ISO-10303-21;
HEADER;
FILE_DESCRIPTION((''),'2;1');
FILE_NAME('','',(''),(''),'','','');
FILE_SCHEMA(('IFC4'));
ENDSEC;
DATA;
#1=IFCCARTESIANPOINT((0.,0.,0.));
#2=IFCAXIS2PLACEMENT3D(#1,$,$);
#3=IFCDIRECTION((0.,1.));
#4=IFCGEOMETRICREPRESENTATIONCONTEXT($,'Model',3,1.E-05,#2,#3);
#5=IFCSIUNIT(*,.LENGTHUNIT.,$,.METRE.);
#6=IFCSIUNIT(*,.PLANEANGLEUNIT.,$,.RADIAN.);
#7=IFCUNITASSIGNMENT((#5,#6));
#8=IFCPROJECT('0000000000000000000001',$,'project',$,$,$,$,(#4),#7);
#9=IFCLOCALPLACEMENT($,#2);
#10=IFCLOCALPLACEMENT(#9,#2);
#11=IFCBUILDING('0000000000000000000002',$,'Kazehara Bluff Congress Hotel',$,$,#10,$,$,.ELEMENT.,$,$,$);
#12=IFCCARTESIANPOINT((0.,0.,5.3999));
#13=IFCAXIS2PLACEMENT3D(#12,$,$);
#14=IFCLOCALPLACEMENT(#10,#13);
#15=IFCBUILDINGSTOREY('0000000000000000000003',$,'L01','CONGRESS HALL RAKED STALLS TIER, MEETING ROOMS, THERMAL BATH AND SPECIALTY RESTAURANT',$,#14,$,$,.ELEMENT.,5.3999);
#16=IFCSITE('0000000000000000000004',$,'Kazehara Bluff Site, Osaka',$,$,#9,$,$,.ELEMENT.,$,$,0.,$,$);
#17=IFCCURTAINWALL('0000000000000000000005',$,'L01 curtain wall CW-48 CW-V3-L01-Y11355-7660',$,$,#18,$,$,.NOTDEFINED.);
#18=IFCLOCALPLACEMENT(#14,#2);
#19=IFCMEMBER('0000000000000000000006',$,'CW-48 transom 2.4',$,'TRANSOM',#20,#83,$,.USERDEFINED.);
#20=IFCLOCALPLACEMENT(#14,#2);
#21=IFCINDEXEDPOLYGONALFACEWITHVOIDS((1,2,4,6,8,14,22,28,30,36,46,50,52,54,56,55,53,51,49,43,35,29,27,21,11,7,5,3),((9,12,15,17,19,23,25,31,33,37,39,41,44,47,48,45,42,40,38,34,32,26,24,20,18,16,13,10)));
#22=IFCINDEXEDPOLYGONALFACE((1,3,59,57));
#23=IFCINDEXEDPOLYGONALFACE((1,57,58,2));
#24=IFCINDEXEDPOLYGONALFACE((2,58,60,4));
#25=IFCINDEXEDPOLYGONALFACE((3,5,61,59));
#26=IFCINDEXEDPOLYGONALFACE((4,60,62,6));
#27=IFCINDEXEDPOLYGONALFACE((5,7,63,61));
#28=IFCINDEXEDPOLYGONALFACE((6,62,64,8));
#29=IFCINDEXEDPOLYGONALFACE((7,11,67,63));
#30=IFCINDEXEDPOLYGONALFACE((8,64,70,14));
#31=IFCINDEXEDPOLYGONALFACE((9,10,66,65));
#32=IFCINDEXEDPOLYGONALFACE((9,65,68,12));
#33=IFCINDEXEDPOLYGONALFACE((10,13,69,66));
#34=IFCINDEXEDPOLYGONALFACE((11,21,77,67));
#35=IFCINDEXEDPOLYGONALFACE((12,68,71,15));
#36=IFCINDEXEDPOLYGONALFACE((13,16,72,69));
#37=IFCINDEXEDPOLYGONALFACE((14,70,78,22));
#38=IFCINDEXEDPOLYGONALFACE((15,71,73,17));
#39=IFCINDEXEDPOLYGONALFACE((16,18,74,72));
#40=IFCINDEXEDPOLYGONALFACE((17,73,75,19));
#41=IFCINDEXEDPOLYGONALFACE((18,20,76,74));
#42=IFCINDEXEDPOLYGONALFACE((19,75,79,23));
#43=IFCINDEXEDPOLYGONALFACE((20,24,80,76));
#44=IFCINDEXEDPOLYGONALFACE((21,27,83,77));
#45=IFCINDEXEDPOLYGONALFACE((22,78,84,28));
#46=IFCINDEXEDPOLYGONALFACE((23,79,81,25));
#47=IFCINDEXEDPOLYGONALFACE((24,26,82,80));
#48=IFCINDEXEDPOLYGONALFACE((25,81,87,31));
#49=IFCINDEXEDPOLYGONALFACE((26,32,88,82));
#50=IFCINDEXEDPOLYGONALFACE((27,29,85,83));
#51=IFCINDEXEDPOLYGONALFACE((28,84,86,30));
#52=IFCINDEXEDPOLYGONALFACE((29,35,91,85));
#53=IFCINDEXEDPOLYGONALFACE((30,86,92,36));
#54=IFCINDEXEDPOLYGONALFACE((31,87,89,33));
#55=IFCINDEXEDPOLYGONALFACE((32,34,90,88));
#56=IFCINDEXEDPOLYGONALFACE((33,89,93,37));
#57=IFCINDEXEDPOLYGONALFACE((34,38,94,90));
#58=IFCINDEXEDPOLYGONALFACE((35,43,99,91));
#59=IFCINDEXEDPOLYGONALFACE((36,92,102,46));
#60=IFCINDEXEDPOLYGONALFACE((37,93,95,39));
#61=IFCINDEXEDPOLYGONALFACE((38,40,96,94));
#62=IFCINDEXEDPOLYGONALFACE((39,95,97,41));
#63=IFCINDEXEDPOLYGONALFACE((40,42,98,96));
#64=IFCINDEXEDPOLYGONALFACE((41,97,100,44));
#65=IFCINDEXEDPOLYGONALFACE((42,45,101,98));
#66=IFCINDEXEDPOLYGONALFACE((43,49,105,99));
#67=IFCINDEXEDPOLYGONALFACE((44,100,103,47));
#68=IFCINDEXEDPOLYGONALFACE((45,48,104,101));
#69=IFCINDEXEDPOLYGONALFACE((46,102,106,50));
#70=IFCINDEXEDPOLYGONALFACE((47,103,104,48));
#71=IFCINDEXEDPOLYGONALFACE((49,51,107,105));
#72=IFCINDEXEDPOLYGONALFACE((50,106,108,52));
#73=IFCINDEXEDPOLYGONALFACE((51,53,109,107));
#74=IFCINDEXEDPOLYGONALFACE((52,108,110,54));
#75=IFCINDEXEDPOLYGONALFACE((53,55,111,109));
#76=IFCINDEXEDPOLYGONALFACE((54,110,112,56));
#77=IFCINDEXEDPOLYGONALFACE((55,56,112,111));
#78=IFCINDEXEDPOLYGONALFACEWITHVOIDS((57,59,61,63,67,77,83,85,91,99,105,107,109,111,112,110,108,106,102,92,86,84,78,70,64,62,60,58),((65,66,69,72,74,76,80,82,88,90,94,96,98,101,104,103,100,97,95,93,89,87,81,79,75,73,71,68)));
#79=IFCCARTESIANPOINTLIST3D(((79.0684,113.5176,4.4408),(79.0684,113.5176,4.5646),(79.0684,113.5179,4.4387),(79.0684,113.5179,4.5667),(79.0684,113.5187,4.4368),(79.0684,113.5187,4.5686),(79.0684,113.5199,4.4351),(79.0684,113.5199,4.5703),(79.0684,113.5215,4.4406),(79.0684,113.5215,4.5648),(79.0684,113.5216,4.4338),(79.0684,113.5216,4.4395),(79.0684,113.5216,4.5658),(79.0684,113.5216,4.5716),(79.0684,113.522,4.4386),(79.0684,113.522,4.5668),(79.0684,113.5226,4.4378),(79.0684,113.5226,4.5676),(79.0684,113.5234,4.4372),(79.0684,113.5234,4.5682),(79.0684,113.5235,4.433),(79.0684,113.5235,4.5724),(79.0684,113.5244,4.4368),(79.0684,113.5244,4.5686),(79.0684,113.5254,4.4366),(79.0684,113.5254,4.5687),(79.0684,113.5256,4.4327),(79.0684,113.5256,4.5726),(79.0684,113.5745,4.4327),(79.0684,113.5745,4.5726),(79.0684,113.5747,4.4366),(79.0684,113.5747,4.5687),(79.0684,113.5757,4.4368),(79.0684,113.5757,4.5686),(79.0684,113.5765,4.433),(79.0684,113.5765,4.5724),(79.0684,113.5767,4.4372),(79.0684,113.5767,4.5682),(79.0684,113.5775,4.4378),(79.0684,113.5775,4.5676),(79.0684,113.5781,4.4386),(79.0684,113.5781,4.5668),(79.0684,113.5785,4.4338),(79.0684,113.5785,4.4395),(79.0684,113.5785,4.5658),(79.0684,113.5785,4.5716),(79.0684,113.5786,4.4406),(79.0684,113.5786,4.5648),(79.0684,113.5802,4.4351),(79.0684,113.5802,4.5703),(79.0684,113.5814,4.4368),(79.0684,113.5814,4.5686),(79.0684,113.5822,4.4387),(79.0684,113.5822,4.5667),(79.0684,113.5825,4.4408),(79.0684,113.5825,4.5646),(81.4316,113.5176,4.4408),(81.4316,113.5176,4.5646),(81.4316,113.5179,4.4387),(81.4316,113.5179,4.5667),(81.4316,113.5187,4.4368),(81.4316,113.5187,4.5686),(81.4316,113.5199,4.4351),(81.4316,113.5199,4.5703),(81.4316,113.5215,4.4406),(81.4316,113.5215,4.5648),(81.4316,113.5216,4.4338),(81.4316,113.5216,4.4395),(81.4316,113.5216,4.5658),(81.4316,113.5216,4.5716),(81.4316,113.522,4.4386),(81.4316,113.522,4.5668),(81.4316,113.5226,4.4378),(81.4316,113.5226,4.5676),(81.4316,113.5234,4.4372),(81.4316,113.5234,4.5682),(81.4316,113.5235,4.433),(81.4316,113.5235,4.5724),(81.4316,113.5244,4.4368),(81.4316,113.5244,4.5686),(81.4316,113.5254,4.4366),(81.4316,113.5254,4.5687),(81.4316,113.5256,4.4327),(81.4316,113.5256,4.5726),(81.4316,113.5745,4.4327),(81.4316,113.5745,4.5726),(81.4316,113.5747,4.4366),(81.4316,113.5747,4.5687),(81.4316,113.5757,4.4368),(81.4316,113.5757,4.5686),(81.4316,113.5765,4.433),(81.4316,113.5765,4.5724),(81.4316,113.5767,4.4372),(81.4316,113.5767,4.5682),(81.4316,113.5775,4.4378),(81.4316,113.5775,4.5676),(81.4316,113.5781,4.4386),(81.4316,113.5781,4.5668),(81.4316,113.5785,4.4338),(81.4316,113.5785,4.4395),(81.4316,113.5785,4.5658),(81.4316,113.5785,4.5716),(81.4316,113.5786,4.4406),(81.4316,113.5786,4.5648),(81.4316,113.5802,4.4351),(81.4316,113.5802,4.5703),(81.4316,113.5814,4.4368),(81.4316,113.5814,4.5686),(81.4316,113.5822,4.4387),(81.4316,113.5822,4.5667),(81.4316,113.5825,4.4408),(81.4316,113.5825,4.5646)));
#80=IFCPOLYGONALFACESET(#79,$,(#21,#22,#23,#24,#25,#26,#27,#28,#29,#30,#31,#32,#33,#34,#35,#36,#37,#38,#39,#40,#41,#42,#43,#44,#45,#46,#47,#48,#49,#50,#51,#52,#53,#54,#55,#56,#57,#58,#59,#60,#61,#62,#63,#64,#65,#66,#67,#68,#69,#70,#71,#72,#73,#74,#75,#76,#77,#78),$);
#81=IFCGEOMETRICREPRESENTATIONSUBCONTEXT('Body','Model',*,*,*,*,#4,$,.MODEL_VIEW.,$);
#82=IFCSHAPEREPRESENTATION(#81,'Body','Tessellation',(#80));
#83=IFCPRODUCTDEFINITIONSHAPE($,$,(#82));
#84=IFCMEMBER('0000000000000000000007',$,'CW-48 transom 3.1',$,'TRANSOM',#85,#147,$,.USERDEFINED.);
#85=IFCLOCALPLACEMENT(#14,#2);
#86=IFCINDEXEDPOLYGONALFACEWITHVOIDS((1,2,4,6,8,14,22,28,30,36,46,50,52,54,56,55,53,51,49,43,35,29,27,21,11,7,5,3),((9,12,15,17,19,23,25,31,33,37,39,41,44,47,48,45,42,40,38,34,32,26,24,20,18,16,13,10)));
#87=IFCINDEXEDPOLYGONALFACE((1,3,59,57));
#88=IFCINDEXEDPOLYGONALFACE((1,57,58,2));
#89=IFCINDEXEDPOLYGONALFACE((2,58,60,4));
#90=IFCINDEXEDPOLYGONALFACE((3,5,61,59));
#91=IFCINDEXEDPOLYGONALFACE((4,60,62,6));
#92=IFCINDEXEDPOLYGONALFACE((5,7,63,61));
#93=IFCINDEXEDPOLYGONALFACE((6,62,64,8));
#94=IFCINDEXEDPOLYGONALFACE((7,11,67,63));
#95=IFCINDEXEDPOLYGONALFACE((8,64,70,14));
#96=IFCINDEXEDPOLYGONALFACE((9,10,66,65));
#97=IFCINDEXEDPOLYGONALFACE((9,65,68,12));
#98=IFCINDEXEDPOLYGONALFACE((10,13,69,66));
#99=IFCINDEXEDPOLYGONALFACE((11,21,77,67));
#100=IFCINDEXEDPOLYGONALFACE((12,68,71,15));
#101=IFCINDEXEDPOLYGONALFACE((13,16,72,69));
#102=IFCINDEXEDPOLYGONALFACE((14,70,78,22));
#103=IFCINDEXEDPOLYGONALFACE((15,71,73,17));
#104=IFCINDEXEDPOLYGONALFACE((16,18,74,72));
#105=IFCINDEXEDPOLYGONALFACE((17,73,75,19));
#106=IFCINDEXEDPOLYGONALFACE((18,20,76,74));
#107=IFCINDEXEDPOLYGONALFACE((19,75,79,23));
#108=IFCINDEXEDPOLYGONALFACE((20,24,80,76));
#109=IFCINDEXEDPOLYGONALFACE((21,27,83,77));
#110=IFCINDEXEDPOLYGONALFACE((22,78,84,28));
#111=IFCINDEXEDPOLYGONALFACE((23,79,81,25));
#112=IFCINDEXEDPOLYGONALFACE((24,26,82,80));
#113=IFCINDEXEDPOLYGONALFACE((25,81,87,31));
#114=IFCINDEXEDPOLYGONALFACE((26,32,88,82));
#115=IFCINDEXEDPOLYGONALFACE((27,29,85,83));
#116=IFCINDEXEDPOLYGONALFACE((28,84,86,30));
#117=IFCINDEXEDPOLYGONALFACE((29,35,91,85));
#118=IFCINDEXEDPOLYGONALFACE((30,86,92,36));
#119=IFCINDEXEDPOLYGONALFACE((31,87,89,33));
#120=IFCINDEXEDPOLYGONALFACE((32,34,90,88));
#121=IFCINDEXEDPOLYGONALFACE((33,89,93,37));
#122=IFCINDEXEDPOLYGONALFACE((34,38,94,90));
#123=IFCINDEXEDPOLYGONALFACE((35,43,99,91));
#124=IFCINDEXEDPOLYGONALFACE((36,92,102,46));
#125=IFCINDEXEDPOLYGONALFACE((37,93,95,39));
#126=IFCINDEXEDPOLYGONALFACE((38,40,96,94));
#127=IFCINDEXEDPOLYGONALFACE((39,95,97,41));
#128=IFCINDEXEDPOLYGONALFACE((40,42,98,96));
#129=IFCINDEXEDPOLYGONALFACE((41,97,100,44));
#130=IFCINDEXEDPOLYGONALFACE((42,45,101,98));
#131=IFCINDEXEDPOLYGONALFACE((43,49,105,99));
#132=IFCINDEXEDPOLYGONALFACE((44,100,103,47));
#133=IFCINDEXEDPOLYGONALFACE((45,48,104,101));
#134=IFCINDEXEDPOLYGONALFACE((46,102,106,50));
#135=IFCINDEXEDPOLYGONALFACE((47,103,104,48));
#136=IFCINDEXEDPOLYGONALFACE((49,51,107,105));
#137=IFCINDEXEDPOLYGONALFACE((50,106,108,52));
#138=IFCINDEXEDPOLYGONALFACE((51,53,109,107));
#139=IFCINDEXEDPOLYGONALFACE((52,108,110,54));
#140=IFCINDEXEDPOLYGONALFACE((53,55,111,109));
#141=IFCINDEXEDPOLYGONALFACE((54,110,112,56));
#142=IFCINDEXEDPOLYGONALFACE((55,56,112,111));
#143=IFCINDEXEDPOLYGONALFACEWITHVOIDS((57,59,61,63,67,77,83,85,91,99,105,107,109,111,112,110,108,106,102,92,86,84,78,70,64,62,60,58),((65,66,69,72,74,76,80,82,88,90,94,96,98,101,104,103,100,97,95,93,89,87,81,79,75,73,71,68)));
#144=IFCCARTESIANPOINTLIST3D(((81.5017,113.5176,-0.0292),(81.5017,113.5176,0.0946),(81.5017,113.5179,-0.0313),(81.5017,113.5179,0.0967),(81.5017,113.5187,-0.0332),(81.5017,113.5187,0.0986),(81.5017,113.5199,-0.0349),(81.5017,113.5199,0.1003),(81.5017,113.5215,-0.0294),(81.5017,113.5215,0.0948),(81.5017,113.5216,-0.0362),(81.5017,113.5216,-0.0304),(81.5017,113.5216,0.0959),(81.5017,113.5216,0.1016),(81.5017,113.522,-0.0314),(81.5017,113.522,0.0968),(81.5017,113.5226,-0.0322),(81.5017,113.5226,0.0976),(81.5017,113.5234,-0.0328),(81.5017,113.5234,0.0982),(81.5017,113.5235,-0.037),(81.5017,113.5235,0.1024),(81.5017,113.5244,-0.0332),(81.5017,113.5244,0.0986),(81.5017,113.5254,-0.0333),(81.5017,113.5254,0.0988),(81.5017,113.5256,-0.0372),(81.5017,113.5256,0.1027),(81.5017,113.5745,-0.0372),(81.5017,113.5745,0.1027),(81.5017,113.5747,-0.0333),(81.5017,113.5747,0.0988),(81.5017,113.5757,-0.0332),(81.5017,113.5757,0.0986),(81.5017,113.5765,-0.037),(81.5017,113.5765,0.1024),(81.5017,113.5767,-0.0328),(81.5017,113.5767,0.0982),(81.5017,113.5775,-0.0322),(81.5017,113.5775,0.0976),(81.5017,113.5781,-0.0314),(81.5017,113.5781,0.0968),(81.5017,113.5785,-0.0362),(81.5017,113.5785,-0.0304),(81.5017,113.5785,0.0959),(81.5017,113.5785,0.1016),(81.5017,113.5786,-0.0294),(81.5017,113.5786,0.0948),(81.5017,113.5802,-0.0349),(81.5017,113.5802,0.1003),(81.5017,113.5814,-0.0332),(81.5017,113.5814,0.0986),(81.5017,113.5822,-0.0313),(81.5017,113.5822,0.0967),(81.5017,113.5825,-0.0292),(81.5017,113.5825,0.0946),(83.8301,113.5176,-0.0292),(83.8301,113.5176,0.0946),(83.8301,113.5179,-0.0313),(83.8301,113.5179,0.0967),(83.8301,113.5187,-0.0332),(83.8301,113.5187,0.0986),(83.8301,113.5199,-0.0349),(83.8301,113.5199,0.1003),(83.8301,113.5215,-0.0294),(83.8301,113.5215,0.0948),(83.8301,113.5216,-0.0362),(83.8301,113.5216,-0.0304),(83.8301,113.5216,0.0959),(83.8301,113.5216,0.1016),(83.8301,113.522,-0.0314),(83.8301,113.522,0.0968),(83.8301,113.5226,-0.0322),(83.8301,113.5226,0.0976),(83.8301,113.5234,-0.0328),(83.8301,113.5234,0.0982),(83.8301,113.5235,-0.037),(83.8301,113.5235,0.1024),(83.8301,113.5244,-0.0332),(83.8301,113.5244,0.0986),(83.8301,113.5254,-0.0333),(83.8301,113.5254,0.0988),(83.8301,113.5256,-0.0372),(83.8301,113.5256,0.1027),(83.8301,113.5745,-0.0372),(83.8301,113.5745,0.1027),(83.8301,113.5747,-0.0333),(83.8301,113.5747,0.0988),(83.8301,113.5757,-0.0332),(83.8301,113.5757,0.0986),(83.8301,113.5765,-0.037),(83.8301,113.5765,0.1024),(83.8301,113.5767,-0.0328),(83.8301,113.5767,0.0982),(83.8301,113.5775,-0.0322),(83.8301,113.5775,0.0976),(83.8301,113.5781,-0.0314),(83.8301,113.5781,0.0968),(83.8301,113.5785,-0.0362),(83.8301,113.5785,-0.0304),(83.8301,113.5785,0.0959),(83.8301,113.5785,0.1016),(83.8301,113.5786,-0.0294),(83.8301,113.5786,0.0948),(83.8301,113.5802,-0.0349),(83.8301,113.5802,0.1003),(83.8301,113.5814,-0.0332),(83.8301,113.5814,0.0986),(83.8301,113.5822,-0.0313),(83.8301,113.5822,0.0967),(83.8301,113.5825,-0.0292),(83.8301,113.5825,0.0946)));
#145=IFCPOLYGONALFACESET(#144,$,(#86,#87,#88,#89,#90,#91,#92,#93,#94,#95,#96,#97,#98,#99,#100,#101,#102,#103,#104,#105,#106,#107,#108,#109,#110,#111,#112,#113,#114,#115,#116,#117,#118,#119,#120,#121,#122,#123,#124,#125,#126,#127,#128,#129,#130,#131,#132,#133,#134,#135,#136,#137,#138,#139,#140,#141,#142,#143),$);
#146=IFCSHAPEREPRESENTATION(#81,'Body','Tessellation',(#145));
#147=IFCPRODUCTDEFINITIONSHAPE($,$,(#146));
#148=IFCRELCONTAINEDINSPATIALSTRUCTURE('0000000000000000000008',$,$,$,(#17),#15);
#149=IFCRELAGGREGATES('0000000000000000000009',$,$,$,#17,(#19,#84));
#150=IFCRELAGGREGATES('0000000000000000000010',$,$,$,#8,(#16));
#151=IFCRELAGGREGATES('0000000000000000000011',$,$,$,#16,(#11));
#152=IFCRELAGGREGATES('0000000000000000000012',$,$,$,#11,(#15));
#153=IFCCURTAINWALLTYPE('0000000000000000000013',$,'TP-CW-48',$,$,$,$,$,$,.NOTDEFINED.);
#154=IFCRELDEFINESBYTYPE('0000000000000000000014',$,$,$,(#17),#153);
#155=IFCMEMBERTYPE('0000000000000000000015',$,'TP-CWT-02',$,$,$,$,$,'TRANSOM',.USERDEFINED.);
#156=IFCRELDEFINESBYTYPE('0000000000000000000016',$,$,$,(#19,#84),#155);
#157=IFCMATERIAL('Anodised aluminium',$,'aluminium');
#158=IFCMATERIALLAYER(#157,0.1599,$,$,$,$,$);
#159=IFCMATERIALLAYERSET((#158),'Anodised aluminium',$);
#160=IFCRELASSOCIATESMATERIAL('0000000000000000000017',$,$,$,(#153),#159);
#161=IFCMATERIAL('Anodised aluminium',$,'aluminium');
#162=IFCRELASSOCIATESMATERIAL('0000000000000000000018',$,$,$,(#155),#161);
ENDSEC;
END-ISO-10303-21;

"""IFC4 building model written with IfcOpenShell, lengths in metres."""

from ifc_helpers import new_model, si_unit, direction, frame, origin, origin_2d, place, context, subcontext, project, spatial, hollow_rectangle, extrude, material, layer, layer_set, material_profile, profile_set, type_object, element, aggregate, save


model = new_model("IFC4")

# Units and contexts
model_context = context("Model", 3, precision=1e-05, world=origin(), true_north=direction((0.0, 1.0)))
body_context = subcontext(model_context, "Body", "Model", "MODEL_VIEW")
ifc_project = project(units=[si_unit("LENGTHUNIT", "METRE"), si_unit("PLANEANGLEUNIT", "RADIAN")], contexts=[model_context])

# Site, building, storey
site_placement = place(None, origin())
site = spatial("IfcSite", under=ifc_project, at=site_placement, Name="Kazehara Bluff Site, Osaka", CompositionType="ELEMENT", RefElevation=0.0)
building_placement = place(site_placement, origin())
building = spatial("IfcBuilding", under=site, at=building_placement, Name="Kazehara Bluff Congress Hotel", CompositionType="ELEMENT")
storey_placement = place(building_placement, frame((0.0, 0.0, 5.3999)))
storey = spatial("IfcBuildingStorey", under=building, at=storey_placement, Name="L01", Description="CONGRESS HALL RAKED STALLS TIER, MEETING ROOMS, THERMAL BATH AND SPECIALTY RESTAURANT", CompositionType="ELEMENT", Elevation=5.3999)

# Curtain wall
ifc_material_1 = material(Name="Anodised aluminium", Category="aluminium")
ifc_layer_1 = layer(ifc_material_1, 0.1599)
ifc_layer_set_1 = layer_set([ifc_layer_1], Name="Anodised aluminium")
curtain_wall_type_1 = type_object("IfcCurtainWallType", Name="TP-CW-48", PredefinedType="NOTDEFINED", material=ifc_layer_set_1)
curtain_wall_1_placement = place(storey_placement, origin())
curtain_wall_1 = element("IfcCurtainWall", 1, at=curtain_wall_1_placement, inside=storey, type_object=curtain_wall_type_1, Name="L01 curtain wall CW-48 CW-V3-L01-Y11355-7660", PredefinedType="NOTDEFINED")

# Members
ifc_material_2 = material(Name="Anodised aluminium", Category="aluminium")
ifc_material_profile_1 = material_profile(ifc_material_2, hollow_rectangle(XDim=0.0649, YDim=0.1399, WallThickness=0.0039, InnerFilletRadius=0.0039, OuterFilletRadius=0.0081, at=origin_2d()))
ifc_profile_set_1 = profile_set([ifc_material_profile_1], Name="Anodised aluminium")
member_type_1 = type_object("IfcMemberType", Name="TP-CWT-02", ElementType="TRANSOM", PredefinedType="USERDEFINED", material=ifc_profile_set_1)
member_1_placement = place(storey_placement, frame((79.0684, 113.55, 4.5027), z_axis=(1.0, 0.0, 0.0), x_axis=(0.0, 1.0, 0.0)))
member_1 = element("IfcMember", 2, at=member_1_placement, type_object=member_type_1, Name="CW-48 transom 2.4", ObjectType="TRANSOM", PredefinedType="USERDEFINED", context=body_context, shape_type="SweptSolid", body=[
    extrude(hollow_rectangle(XDim=0.0649, YDim=0.1399, WallThickness=0.0039, InnerFilletRadius=0.0039, OuterFilletRadius=0.0081, at=origin_2d()), origin(), (0.0, 0.0, 1.0), 2.3633),
])
member_2_placement = place(storey_placement, frame((81.5017, 113.55, 0.0327), z_axis=(1.0, 0.0, 0.0), x_axis=(0.0, 1.0, 0.0)))
member_2 = element("IfcMember", 3, at=member_2_placement, type_object=member_type_1, Name="CW-48 transom 3.1", ObjectType="TRANSOM", PredefinedType="USERDEFINED", context=body_context, shape_type="SweptSolid", body=[
    extrude(hollow_rectangle(XDim=0.0649, YDim=0.1399, WallThickness=0.0039, InnerFilletRadius=0.0039, OuterFilletRadius=0.0081, at=origin_2d()), origin(), (0.0, 0.0, 1.0), 2.3284),
])

aggregate(curtain_wall_1, [member_1, member_2])

save(model, "model.ifc")
